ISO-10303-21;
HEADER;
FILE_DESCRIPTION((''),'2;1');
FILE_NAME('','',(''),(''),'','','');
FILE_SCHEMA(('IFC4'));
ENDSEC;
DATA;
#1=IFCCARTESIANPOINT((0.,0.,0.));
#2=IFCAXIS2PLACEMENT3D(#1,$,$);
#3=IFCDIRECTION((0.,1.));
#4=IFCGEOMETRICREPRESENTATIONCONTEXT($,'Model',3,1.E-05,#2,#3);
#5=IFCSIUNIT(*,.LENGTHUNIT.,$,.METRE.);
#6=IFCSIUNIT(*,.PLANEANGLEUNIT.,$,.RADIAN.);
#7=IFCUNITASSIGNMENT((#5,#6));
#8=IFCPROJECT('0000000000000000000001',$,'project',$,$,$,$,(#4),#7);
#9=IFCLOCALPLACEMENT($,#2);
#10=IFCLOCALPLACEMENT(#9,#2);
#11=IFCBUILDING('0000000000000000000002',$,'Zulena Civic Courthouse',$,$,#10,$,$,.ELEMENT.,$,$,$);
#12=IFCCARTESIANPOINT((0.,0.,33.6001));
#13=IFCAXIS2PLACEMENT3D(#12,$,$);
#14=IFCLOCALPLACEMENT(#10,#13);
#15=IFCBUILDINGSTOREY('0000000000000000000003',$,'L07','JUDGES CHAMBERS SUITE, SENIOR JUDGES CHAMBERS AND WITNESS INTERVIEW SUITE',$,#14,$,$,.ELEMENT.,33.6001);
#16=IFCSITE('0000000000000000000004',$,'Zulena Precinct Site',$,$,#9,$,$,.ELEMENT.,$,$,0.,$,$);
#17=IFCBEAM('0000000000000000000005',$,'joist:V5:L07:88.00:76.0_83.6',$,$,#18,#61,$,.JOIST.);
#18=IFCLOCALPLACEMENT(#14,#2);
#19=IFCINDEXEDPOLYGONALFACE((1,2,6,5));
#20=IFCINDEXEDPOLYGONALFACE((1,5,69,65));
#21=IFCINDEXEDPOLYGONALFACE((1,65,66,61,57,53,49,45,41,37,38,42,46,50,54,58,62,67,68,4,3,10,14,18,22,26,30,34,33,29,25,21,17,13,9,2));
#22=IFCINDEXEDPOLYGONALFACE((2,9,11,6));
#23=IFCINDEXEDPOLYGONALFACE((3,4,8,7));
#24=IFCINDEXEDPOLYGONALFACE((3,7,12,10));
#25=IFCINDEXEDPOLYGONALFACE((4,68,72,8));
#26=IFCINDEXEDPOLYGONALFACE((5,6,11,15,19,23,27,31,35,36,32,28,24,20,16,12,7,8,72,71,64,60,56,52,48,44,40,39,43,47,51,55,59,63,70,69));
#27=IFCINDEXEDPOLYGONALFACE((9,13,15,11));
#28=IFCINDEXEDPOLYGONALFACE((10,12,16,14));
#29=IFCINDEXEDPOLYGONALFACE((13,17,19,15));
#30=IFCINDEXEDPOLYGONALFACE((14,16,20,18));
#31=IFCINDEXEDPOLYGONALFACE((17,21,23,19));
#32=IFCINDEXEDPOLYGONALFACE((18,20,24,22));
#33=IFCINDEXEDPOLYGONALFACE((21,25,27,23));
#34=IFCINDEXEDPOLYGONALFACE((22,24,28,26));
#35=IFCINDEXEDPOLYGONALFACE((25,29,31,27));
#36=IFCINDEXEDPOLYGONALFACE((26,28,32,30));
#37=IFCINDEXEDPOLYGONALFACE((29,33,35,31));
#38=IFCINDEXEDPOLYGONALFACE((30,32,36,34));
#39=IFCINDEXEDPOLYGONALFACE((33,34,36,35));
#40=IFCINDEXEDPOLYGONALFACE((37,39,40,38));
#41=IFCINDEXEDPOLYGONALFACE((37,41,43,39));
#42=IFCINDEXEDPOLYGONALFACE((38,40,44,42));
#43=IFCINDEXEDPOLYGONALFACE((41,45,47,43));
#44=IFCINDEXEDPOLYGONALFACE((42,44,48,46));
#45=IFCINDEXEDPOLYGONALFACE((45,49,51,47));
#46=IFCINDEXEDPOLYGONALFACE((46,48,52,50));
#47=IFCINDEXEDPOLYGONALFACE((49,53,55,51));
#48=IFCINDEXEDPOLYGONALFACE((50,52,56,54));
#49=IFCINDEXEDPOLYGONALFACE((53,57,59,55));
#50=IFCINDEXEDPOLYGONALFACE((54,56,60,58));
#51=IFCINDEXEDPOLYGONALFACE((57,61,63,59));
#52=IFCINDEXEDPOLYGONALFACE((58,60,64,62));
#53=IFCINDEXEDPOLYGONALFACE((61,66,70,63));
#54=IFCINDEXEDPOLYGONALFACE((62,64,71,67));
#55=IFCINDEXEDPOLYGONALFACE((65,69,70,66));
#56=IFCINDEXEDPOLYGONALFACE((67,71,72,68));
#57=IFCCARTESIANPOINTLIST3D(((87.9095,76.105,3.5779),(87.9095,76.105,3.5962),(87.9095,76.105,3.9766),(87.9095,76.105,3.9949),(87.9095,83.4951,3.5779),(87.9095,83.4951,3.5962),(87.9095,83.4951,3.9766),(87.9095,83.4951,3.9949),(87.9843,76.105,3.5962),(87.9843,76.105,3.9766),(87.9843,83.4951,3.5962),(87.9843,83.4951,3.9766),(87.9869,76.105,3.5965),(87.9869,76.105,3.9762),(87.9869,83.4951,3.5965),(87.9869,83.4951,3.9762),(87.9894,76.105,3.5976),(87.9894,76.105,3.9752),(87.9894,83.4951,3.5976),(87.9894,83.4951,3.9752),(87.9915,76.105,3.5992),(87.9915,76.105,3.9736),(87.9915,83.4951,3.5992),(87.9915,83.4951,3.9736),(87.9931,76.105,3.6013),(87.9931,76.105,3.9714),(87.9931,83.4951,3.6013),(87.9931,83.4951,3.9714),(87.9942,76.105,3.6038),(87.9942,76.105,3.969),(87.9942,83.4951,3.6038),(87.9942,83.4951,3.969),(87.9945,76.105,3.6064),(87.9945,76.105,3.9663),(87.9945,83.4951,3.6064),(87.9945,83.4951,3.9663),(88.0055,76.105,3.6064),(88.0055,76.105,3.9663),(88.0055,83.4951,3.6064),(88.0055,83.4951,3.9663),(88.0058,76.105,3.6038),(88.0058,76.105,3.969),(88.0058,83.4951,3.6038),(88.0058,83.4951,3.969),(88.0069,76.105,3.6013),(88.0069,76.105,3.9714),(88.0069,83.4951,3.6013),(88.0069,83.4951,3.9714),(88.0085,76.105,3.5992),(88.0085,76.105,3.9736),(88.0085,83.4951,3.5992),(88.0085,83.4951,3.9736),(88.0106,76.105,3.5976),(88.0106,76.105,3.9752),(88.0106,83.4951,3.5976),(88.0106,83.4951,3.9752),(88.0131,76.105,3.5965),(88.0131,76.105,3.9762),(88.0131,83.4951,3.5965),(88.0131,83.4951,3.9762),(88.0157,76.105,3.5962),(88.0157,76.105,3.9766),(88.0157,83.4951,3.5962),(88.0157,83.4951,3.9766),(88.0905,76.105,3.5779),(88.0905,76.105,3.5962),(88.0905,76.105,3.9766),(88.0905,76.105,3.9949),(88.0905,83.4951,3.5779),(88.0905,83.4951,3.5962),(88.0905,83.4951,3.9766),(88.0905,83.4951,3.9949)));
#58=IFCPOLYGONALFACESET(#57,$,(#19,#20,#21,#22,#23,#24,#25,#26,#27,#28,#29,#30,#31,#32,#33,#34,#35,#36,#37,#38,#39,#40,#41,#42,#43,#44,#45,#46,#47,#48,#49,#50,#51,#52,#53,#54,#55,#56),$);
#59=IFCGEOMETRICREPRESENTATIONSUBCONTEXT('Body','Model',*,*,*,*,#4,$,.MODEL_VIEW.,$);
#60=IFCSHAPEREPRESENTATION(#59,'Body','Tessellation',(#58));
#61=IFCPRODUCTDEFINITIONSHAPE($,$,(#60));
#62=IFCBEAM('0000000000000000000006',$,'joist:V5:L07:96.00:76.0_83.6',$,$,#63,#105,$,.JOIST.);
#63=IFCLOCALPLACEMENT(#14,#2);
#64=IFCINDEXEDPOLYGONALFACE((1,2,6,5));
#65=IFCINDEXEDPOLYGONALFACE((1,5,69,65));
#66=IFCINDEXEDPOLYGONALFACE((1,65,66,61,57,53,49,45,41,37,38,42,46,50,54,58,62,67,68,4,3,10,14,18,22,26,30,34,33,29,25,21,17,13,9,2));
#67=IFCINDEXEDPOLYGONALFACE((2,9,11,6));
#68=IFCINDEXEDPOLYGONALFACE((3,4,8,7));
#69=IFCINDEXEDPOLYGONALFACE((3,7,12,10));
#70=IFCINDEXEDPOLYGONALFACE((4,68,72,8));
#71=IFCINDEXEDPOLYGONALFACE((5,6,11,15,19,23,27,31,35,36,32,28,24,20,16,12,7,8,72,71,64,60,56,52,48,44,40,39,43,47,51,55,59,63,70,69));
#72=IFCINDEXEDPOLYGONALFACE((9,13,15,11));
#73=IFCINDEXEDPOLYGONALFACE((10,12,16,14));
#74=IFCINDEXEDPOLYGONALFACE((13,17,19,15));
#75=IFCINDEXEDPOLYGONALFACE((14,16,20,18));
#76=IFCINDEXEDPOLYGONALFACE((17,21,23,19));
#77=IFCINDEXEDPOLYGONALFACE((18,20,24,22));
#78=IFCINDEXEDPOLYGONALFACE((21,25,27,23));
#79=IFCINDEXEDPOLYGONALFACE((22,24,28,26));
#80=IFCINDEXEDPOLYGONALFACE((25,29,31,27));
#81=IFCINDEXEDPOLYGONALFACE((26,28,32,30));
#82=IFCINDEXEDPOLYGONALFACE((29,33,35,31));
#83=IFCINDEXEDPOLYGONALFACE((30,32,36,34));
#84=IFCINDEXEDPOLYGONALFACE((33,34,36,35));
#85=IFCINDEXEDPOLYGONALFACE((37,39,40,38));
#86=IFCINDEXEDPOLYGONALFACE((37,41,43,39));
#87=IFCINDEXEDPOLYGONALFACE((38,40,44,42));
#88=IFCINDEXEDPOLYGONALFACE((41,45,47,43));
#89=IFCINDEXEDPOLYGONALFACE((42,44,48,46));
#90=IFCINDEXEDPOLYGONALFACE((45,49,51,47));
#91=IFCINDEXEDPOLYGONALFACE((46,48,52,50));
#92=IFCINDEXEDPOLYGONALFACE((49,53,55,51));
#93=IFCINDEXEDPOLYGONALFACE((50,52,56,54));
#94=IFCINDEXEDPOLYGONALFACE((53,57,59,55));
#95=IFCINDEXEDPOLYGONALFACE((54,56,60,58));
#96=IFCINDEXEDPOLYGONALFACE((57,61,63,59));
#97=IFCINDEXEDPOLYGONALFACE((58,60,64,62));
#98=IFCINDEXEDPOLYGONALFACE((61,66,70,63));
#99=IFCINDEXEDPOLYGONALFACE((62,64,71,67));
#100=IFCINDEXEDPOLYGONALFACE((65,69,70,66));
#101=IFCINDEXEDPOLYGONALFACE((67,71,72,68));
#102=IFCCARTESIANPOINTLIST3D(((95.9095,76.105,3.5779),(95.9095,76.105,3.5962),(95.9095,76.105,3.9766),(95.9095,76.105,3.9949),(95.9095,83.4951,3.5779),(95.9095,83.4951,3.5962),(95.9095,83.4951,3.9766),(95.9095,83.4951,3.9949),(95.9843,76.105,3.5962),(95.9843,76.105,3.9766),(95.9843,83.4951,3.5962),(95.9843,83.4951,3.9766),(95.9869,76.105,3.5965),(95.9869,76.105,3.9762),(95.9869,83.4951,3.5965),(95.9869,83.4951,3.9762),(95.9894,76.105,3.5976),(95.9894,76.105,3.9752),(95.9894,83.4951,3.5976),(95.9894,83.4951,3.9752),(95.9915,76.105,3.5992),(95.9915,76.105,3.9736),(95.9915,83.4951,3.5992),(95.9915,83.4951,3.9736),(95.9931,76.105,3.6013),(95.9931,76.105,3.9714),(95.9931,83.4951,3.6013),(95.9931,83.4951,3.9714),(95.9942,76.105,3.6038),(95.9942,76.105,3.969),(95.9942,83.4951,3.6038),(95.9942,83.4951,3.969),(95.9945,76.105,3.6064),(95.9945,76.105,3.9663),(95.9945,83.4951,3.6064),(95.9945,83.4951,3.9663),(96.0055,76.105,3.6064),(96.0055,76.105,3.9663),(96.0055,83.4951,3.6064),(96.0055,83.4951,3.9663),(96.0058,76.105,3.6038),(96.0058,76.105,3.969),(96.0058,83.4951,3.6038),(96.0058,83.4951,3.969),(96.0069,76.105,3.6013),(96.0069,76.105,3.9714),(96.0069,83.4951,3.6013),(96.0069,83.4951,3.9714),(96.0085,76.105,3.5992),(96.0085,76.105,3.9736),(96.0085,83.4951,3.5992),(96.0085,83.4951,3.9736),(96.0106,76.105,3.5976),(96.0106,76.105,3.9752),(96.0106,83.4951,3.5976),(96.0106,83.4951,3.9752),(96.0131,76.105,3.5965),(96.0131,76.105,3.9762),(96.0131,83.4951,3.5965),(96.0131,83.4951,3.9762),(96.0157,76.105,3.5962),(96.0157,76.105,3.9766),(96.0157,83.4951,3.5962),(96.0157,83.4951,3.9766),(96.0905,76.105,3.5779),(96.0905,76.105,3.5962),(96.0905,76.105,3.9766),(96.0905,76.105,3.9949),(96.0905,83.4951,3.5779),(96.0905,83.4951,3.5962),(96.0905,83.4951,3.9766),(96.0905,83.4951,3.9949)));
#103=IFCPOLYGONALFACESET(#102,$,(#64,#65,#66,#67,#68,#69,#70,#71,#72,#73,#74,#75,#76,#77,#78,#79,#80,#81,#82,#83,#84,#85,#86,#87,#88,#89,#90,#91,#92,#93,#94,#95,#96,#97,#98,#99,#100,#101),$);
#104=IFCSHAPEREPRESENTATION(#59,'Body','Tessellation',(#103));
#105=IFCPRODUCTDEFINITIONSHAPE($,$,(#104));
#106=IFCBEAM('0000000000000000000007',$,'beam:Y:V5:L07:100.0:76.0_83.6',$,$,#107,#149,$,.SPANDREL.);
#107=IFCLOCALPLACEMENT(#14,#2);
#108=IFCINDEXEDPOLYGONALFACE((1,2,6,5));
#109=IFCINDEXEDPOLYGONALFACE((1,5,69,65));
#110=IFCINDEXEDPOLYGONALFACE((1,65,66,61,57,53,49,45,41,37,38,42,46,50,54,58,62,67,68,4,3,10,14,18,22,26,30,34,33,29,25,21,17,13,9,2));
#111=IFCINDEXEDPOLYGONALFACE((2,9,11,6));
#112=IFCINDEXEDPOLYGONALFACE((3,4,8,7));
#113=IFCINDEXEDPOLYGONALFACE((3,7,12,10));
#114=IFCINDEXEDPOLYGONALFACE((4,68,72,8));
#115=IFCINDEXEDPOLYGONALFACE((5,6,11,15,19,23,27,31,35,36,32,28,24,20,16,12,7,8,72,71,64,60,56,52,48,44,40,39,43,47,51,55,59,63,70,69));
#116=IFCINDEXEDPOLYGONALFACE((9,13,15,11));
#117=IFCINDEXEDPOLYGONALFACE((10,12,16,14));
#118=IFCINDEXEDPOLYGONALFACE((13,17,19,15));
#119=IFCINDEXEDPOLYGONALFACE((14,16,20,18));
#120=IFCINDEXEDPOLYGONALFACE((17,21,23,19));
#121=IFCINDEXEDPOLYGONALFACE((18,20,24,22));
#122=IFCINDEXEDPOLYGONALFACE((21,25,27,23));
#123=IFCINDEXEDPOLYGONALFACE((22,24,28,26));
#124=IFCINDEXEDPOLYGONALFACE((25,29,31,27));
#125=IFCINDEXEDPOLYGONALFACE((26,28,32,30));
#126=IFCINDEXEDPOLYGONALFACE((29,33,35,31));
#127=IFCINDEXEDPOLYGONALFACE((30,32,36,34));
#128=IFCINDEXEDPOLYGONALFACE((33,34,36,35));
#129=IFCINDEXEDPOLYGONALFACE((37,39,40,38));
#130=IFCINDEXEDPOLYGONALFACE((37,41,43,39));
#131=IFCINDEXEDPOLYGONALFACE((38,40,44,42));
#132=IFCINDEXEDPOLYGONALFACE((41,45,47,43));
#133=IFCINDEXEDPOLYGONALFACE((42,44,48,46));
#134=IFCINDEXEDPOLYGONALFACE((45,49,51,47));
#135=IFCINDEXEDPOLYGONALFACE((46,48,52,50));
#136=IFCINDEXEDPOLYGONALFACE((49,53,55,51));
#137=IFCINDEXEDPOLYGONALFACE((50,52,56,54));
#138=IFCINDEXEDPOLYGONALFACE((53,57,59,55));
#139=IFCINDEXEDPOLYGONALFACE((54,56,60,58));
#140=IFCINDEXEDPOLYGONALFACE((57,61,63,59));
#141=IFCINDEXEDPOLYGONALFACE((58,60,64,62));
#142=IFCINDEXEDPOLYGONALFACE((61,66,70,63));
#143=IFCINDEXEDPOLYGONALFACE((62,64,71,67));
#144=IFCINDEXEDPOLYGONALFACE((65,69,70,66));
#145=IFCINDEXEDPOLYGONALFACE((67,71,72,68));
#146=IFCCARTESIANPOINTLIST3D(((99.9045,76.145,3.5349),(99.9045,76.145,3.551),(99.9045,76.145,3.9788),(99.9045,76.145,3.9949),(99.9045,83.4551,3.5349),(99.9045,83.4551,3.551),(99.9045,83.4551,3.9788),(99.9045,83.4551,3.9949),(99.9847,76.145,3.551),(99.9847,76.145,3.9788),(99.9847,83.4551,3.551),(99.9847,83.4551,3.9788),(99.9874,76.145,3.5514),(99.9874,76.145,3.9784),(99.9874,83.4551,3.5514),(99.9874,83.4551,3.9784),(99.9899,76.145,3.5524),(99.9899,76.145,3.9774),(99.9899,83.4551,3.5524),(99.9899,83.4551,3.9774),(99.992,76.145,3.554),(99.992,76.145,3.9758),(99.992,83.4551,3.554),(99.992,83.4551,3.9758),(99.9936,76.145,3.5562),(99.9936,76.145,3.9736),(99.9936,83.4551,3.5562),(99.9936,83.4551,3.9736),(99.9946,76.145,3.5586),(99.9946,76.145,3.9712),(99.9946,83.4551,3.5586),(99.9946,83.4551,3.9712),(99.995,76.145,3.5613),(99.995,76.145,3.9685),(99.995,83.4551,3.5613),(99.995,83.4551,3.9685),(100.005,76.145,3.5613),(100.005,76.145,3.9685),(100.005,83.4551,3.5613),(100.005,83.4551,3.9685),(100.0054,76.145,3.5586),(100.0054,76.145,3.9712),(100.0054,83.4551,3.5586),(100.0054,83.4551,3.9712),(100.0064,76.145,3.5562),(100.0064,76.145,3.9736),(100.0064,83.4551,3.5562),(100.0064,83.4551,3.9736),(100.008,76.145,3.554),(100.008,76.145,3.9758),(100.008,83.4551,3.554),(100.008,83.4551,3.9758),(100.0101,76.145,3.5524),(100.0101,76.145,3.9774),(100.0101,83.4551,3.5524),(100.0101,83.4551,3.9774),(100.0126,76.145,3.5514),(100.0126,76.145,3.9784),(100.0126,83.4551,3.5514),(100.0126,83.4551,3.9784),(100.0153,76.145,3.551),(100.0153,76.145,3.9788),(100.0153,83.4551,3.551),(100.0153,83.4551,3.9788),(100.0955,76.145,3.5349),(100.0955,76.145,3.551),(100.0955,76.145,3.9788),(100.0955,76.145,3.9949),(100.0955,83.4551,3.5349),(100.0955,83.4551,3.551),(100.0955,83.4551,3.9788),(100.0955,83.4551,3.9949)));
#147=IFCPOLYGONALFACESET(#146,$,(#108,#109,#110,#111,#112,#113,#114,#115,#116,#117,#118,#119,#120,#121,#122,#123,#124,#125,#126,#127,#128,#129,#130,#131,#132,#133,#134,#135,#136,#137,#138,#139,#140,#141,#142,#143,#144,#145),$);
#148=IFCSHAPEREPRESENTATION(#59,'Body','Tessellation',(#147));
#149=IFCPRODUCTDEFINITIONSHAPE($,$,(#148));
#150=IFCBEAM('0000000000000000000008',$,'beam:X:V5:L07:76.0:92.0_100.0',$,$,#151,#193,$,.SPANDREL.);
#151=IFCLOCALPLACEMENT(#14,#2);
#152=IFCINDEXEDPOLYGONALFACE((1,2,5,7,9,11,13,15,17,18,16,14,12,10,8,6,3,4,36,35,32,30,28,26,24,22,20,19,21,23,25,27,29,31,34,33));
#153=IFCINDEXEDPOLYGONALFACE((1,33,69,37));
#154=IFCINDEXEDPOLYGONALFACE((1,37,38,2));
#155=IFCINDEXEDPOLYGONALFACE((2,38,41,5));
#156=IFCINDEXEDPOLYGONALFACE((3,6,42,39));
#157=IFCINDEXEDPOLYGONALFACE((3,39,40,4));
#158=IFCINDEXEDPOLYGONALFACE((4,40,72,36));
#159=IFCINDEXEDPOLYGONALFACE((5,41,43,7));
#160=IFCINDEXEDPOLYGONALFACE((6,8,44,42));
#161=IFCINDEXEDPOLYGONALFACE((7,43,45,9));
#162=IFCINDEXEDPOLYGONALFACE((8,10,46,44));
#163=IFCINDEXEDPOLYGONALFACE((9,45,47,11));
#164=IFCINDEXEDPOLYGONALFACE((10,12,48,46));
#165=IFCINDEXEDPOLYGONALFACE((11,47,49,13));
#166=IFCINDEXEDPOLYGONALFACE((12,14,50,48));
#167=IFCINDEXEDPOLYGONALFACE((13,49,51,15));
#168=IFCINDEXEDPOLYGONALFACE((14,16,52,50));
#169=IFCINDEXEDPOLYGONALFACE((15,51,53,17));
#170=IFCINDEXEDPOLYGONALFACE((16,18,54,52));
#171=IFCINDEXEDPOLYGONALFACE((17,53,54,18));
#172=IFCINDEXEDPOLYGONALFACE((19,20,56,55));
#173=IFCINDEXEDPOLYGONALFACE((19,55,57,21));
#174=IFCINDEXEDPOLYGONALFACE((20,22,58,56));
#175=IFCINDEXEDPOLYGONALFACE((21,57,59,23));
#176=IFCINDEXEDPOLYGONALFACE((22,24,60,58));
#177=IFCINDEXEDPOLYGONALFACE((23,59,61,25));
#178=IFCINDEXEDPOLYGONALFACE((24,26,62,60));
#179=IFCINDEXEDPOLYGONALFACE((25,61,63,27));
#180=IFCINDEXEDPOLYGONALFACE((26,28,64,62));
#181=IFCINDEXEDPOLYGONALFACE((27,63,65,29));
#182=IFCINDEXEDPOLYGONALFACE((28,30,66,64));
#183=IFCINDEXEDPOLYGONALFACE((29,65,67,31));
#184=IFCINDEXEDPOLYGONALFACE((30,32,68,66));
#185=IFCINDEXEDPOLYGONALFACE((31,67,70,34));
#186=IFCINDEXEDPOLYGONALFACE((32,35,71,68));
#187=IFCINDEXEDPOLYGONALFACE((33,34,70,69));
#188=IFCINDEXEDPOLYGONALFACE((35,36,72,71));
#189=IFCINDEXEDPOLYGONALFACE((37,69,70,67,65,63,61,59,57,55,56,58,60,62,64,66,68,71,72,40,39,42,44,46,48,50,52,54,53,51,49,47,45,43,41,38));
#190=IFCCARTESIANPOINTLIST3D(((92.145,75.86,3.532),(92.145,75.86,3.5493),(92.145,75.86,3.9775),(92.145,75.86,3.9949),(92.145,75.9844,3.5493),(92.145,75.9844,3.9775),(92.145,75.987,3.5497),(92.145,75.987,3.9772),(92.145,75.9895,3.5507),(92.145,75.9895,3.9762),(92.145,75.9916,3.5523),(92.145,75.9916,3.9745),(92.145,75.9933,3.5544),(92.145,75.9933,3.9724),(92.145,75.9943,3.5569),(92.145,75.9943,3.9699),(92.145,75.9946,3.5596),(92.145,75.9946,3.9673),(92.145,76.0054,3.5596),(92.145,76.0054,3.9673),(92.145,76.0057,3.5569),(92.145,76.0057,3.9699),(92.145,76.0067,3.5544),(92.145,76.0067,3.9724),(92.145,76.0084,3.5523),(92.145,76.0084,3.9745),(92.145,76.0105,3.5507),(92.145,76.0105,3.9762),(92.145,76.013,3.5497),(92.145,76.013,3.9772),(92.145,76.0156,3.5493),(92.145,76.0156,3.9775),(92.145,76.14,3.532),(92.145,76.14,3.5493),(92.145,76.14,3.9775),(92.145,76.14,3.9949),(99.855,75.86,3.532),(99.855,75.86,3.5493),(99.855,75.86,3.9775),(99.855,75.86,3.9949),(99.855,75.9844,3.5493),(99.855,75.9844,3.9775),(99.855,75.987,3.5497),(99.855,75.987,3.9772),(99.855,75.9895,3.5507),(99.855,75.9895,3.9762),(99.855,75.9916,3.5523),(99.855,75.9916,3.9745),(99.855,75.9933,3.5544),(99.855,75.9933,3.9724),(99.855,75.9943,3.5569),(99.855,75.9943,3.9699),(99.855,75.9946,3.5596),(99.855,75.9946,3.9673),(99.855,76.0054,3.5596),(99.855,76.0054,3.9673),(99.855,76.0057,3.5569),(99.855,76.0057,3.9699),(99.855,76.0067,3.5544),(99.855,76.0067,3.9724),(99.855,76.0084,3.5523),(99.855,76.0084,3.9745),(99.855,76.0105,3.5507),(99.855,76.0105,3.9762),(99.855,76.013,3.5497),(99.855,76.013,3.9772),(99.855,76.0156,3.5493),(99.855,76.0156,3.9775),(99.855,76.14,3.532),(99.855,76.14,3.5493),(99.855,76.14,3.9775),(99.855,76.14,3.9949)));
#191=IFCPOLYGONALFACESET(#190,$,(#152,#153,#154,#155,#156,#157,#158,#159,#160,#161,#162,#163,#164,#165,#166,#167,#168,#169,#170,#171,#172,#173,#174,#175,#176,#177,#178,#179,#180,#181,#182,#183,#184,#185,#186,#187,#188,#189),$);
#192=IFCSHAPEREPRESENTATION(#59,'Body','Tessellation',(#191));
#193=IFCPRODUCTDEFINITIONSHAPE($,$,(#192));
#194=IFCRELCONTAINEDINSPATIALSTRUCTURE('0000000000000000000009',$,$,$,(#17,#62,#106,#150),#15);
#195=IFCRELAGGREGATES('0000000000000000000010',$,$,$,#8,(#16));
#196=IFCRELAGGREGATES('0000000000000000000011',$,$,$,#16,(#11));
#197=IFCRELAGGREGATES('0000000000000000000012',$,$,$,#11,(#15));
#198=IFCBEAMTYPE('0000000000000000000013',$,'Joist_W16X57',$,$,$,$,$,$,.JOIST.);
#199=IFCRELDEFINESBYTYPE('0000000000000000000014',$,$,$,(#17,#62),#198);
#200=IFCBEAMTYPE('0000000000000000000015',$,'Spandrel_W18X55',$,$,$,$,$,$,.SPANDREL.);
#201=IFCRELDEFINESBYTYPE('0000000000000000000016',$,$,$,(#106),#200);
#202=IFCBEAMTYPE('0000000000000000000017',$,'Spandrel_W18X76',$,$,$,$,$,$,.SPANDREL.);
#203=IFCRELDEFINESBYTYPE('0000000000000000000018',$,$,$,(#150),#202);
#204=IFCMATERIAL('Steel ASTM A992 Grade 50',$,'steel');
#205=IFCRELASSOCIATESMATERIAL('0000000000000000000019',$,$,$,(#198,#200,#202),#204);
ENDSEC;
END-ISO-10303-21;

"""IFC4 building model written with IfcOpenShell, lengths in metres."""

from ifc_helpers import new_model, si_unit, direction, frame, origin, origin_2d, place, context, subcontext, project, spatial, i_section, extrude, material, material_profile, profile_set, type_object, element, save


model = new_model("IFC4")

# Units and contexts
model_context = context("Model", 3, precision=1e-05, world=origin(), true_north=direction((0.0, 1.0)))
body_context = subcontext(model_context, "Body", "Model", "MODEL_VIEW")
ifc_project = project(units=[si_unit("LENGTHUNIT", "METRE"), si_unit("PLANEANGLEUNIT", "RADIAN")], contexts=[model_context])

# Site, building, storey
site_placement = place(None, origin())
site = spatial("IfcSite", under=ifc_project, at=site_placement, Name="Zulena Precinct Site", CompositionType="ELEMENT", RefElevation=0.0)
building_placement = place(site_placement, origin())
building = spatial("IfcBuilding", under=site, at=building_placement, Name="Zulena Civic Courthouse", CompositionType="ELEMENT")
storey_placement = place(building_placement, frame((0.0, 0.0, 33.6001)))
storey = spatial("IfcBuildingStorey", under=building, at=storey_placement, Name="L07", Description="JUDGES CHAMBERS SUITE, SENIOR JUDGES CHAMBERS AND WITNESS INTERVIEW SUITE", CompositionType="ELEMENT", Elevation=33.6001)

# Shared definitions
ifc_material_1 = material(Name="Steel ASTM A992 Grade 50", Category="steel")

# Beams
ifc_material_profile_1 = material_profile(ifc_material_1, i_section(OverallWidth=0.1809, OverallDepth=0.417, WebThickness=0.011, FlangeThickness=0.0183, FilletRadius=0.0103, at=origin_2d()), Name="W16X57")
ifc_profile_set_1 = profile_set([ifc_material_profile_1], Name="Steel ASTM A992 Grade 50")
beam_type_1 = type_object("IfcBeamType", Name="Joist_W16X57", PredefinedType="JOIST", material=ifc_profile_set_1)
for number, where, z_axis, x_axis, name in (
    (1, (88.0, 76.105, 3.7864), (0.0, 1.0, 0.0), (-1.0, 0.0, 0.0), "joist:V5:L07:88.00:76.0_83.6"),
    (2, (96.0, 76.105, 3.7864), (0.0, 1.0, 0.0), (-1.0, 0.0, 0.0), "joist:V5:L07:96.00:76.0_83.6"),
):
    element("IfcBeam", number, at=place(storey_placement, frame(where, z_axis=z_axis, x_axis=x_axis)), inside=storey, type_object=beam_type_1, Name=name, PredefinedType="JOIST", context=body_context, shape_type="SweptSolid", body=[
        extrude(i_section(OverallWidth=0.1809, OverallDepth=0.417, WebThickness=0.011, FlangeThickness=0.0183, FilletRadius=0.0103, at=origin_2d()), origin(), (0.0, 0.0, 1.0), 7.3901),
    ])
ifc_material_profile_2 = material_profile(ifc_material_1, i_section(OverallWidth=0.1909, OverallDepth=0.46, WebThickness=0.01, FlangeThickness=0.0161, FilletRadius=0.0103, at=origin_2d()), Name="W18X55")
ifc_profile_set_2 = profile_set([ifc_material_profile_2], Name="Steel ASTM A992 Grade 50")
beam_type_2 = type_object("IfcBeamType", Name="Spandrel_W18X55", PredefinedType="SPANDREL", material=ifc_profile_set_2)
beam_1_placement = place(storey_placement, frame((100.0, 76.145, 3.7649), z_axis=(0.0, 1.0, 0.0), x_axis=(-1.0, 0.0, 0.0)))
element("IfcBeam", 3, at=beam_1_placement, inside=storey, type_object=beam_type_2, Name="beam:Y:V5:L07:100.0:76.0_83.6", PredefinedType="SPANDREL", context=body_context, shape_type="SweptSolid", body=[
    extrude(i_section(OverallWidth=0.1909, OverallDepth=0.46, WebThickness=0.01, FlangeThickness=0.0161, FilletRadius=0.0103, at=origin_2d()), origin(), (0.0, 0.0, 1.0), 7.3101),
])
ifc_material_profile_3 = material_profile(ifc_material_1, i_section(OverallWidth=0.28, OverallDepth=0.4629, WebThickness=0.0107, FlangeThickness=0.0173, FilletRadius=0.0103, at=origin_2d()), Name="W18X76")
ifc_profile_set_3 = profile_set([ifc_material_profile_3], Name="Steel ASTM A992 Grade 50")
beam_type_3 = type_object("IfcBeamType", Name="Spandrel_W18X76", PredefinedType="SPANDREL", material=ifc_profile_set_3)
beam_2_placement = place(storey_placement, frame((92.145, 76.0, 3.7634), z_axis=(1.0, 0.0, 0.0), x_axis=(0.0, 1.0, 0.0)))
element("IfcBeam", 4, at=beam_2_placement, inside=storey, type_object=beam_type_3, Name="beam:X:V5:L07:76.0:92.0_100.0", PredefinedType="SPANDREL", context=body_context, shape_type="SweptSolid", body=[
    extrude(i_section(OverallWidth=0.28, OverallDepth=0.4629, WebThickness=0.0107, FlangeThickness=0.0173, FilletRadius=0.0103, at=origin_2d()), origin(), (0.0, 0.0, 1.0), 7.71),
])

save(model, "model.ifc")
